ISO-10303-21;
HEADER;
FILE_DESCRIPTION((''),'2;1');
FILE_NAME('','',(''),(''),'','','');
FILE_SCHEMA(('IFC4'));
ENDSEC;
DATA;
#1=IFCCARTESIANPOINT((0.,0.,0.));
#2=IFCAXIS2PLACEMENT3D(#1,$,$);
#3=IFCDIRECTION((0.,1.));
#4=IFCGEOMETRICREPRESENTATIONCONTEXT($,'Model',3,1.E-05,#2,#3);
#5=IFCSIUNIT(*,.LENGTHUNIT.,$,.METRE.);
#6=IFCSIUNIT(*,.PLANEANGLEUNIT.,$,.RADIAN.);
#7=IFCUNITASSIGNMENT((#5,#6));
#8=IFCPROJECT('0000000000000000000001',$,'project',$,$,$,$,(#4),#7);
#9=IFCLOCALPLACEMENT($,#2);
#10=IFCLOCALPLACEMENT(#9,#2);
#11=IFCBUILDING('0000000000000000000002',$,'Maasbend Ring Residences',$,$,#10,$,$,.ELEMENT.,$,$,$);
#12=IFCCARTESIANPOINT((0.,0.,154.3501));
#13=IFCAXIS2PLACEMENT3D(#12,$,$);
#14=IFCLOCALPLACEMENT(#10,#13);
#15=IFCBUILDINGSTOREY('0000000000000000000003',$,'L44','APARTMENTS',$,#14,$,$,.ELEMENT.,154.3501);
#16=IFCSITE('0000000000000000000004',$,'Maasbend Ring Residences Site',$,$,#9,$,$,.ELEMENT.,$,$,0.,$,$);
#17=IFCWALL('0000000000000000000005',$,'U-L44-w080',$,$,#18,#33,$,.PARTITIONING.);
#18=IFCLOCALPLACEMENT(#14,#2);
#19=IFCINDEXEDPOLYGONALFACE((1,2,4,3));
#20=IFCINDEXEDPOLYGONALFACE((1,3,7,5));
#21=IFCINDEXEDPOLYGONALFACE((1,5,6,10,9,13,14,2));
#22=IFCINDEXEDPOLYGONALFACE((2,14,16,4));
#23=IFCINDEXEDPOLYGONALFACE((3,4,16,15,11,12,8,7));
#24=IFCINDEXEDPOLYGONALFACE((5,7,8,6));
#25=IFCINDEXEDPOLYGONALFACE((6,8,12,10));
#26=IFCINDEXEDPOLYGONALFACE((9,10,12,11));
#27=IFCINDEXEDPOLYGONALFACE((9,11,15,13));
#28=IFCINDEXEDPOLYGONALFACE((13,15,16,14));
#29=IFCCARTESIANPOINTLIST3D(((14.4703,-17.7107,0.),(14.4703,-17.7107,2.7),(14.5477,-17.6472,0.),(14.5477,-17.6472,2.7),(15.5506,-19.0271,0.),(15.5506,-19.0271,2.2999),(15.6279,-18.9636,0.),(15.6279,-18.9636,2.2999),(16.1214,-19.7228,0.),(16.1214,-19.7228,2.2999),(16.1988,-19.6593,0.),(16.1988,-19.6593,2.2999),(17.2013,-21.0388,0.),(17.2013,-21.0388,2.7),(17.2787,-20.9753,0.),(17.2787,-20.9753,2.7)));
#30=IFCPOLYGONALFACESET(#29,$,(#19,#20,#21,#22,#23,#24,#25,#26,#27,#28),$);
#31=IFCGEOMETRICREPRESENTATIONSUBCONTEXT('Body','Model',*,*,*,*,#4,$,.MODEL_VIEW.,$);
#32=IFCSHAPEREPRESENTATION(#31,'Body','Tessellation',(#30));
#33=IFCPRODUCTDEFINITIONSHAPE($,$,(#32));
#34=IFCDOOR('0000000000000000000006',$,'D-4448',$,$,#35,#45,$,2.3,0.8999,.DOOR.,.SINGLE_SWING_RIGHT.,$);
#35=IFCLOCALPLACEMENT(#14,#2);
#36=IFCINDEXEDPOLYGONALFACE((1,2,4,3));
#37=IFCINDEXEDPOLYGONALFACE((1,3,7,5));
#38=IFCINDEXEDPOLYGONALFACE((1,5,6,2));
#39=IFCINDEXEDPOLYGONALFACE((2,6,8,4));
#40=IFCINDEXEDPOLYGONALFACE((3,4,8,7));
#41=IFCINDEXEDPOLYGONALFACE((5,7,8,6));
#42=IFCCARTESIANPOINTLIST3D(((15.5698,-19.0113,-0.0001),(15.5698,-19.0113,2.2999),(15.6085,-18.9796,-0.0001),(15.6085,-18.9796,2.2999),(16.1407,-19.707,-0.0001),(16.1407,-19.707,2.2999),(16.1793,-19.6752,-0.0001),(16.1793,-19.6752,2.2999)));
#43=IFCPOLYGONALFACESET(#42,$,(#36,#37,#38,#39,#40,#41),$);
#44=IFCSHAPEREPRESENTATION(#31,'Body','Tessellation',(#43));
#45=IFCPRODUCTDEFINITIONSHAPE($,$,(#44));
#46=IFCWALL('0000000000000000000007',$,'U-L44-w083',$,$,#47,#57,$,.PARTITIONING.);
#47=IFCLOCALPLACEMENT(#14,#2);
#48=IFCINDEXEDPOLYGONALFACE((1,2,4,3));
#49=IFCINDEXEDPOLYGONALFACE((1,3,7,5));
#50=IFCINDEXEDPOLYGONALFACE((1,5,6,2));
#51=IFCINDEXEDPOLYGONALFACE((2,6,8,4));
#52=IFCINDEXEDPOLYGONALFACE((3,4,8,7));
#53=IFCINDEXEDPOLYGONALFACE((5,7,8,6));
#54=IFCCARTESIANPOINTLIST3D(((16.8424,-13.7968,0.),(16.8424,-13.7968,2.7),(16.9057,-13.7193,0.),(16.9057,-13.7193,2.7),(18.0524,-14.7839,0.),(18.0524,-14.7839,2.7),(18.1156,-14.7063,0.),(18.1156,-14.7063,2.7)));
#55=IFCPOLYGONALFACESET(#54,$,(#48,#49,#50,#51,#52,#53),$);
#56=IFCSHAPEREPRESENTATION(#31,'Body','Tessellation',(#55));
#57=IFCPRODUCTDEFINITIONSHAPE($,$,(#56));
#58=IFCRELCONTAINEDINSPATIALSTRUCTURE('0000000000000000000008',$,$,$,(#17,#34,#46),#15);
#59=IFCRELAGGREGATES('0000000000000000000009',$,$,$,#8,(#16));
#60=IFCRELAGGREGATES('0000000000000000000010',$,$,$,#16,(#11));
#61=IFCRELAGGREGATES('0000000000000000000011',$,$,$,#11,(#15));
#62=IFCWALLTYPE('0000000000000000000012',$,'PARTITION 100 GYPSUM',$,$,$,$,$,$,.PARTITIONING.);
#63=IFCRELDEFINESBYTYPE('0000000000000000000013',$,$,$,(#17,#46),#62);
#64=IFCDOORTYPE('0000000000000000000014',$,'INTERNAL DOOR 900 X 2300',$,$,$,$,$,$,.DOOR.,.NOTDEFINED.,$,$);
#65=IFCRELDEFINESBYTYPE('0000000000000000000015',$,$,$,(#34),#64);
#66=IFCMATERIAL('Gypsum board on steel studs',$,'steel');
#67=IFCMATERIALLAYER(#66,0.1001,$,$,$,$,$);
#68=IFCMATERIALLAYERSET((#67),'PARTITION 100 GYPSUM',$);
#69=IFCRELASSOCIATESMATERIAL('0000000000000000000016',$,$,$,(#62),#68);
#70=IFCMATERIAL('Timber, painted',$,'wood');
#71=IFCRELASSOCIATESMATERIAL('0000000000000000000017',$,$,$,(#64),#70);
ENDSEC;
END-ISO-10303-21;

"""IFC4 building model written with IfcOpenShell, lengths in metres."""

from ifc_helpers import new_model, si_unit, direction, frame, frame_2d, origin, place, context, subcontext, project, spatial, rectangle, extrude, material, layer, layer_set, type_object, element, fill, save


model = new_model("IFC4")

# Units and contexts
model_context = context("Model", 3, precision=1e-05, world=origin(), true_north=direction((0.0, 1.0)))
body_context = subcontext(model_context, "Body", "Model", "MODEL_VIEW")
ifc_project = project(units=[si_unit("LENGTHUNIT", "METRE"), si_unit("PLANEANGLEUNIT", "RADIAN")], contexts=[model_context])

# Site, building, storey
site_placement = place(None, origin())
site = spatial("IfcSite", under=ifc_project, at=site_placement, Name="Maasbend Ring Residences Site", CompositionType="ELEMENT", RefElevation=0.0)
building_placement = place(site_placement, origin())
building = spatial("IfcBuilding", under=site, at=building_placement, Name="Maasbend Ring Residences", CompositionType="ELEMENT")
storey_placement = place(building_placement, frame((0.0, 0.0, 154.3501)))
storey = spatial("IfcBuildingStorey", under=building, at=storey_placement, Name="L44", Description="APARTMENTS", CompositionType="ELEMENT", Elevation=154.3501)

# Shared definitions
ifc_material_1 = material(Name="Gypsum board on steel studs", Category="steel")
ifc_layer_1 = layer(ifc_material_1, 0.1001)
ifc_layer_set_1 = layer_set([ifc_layer_1], Name="PARTITION 100 GYPSUM")
wall_type_1 = type_object("IfcWallType", Name="PARTITION 100 GYPSUM", PredefinedType="PARTITIONING", material=ifc_layer_set_1)

# Wall, opening, door
wall_1_placement = place(storey_placement, frame((14.509, -17.679, 0.0), z_axis=(0.0, 0.0, 1.0), x_axis=(0.634343, -0.773052, 0.0)))
wall_1 = element("IfcWall", 1, at=wall_1_placement, inside=storey, type_object=wall_type_1, Name="U-L44-w080", PredefinedType="PARTITIONING", context=body_context, shape_type="SweptSolid", body=[
    extrude(rectangle(XDim=4.3052, YDim=0.1001, at=frame_2d((2.1526, 0.0))), origin(), (0.0, 0.0, 1.0), 2.7),
])
opening_1_placement = place(wall_1_placement, frame((1.7029, 0.0, 0.0)))
opening_1 = element("IfcOpeningElement", 2, at=opening_1_placement, cuts=wall_1, PredefinedType="OPENING", context=body_context, shape_type="SweptSolid", body=[
    extrude(rectangle(XDim=0.8999, YDim=2.3, at=frame_2d((0.45, 1.1499))), frame((0.0, 0.0601, 0.0), z_axis=(0.0, -1.0, 0.0), x_axis=(1.0, 0.0, 0.0)), (0.0, 0.0, 1.0), 0.1201),
])
ifc_material_2 = material(Name="Timber, painted", Category="wood")
door_type_1 = type_object("IfcDoorType", Name="INTERNAL DOOR 900 X 2300", OperationType="NOTDEFINED", PredefinedType="DOOR", material=ifc_material_2)
door_1_placement = place(opening_1_placement, origin())
door_1 = element("IfcDoor", 3, at=door_1_placement, inside=storey, type_object=door_type_1, Name="D-4448", OperationType="SINGLE_SWING_RIGHT", OverallHeight=2.3, OverallWidth=0.8999, PredefinedType="DOOR", context=body_context, shape_type="SweptSolid", body=[
    extrude(rectangle(XDim=0.8999, YDim=2.3, at=frame_2d((0.45, 1.1499))), frame((0.0, 0.0249, 0.0), z_axis=(0.0, -1.0, 0.0), x_axis=(1.0, 0.0, 0.0)), (0.0, 0.0, 1.0), 0.05),
])
fill(opening_1, door_1)

# Wall
wall_2_placement = place(storey_placement, frame((16.874, -13.7581, 0.0), z_axis=(0.0, 0.0, 1.0), x_axis=(0.774869, -0.632122, 0.0)))
element("IfcWall", 4, at=wall_2_placement, inside=storey, type_object=wall_type_1, Name="U-L44-w083", PredefinedType="PARTITIONING", context=body_context, shape_type="SweptSolid", body=[
    extrude(rectangle(XDim=1.5615, YDim=0.1001, at=frame_2d((0.7808, 0.0))), origin(), (0.0, 0.0, 1.0), 2.7),
])

save(model, "model.ifc")
